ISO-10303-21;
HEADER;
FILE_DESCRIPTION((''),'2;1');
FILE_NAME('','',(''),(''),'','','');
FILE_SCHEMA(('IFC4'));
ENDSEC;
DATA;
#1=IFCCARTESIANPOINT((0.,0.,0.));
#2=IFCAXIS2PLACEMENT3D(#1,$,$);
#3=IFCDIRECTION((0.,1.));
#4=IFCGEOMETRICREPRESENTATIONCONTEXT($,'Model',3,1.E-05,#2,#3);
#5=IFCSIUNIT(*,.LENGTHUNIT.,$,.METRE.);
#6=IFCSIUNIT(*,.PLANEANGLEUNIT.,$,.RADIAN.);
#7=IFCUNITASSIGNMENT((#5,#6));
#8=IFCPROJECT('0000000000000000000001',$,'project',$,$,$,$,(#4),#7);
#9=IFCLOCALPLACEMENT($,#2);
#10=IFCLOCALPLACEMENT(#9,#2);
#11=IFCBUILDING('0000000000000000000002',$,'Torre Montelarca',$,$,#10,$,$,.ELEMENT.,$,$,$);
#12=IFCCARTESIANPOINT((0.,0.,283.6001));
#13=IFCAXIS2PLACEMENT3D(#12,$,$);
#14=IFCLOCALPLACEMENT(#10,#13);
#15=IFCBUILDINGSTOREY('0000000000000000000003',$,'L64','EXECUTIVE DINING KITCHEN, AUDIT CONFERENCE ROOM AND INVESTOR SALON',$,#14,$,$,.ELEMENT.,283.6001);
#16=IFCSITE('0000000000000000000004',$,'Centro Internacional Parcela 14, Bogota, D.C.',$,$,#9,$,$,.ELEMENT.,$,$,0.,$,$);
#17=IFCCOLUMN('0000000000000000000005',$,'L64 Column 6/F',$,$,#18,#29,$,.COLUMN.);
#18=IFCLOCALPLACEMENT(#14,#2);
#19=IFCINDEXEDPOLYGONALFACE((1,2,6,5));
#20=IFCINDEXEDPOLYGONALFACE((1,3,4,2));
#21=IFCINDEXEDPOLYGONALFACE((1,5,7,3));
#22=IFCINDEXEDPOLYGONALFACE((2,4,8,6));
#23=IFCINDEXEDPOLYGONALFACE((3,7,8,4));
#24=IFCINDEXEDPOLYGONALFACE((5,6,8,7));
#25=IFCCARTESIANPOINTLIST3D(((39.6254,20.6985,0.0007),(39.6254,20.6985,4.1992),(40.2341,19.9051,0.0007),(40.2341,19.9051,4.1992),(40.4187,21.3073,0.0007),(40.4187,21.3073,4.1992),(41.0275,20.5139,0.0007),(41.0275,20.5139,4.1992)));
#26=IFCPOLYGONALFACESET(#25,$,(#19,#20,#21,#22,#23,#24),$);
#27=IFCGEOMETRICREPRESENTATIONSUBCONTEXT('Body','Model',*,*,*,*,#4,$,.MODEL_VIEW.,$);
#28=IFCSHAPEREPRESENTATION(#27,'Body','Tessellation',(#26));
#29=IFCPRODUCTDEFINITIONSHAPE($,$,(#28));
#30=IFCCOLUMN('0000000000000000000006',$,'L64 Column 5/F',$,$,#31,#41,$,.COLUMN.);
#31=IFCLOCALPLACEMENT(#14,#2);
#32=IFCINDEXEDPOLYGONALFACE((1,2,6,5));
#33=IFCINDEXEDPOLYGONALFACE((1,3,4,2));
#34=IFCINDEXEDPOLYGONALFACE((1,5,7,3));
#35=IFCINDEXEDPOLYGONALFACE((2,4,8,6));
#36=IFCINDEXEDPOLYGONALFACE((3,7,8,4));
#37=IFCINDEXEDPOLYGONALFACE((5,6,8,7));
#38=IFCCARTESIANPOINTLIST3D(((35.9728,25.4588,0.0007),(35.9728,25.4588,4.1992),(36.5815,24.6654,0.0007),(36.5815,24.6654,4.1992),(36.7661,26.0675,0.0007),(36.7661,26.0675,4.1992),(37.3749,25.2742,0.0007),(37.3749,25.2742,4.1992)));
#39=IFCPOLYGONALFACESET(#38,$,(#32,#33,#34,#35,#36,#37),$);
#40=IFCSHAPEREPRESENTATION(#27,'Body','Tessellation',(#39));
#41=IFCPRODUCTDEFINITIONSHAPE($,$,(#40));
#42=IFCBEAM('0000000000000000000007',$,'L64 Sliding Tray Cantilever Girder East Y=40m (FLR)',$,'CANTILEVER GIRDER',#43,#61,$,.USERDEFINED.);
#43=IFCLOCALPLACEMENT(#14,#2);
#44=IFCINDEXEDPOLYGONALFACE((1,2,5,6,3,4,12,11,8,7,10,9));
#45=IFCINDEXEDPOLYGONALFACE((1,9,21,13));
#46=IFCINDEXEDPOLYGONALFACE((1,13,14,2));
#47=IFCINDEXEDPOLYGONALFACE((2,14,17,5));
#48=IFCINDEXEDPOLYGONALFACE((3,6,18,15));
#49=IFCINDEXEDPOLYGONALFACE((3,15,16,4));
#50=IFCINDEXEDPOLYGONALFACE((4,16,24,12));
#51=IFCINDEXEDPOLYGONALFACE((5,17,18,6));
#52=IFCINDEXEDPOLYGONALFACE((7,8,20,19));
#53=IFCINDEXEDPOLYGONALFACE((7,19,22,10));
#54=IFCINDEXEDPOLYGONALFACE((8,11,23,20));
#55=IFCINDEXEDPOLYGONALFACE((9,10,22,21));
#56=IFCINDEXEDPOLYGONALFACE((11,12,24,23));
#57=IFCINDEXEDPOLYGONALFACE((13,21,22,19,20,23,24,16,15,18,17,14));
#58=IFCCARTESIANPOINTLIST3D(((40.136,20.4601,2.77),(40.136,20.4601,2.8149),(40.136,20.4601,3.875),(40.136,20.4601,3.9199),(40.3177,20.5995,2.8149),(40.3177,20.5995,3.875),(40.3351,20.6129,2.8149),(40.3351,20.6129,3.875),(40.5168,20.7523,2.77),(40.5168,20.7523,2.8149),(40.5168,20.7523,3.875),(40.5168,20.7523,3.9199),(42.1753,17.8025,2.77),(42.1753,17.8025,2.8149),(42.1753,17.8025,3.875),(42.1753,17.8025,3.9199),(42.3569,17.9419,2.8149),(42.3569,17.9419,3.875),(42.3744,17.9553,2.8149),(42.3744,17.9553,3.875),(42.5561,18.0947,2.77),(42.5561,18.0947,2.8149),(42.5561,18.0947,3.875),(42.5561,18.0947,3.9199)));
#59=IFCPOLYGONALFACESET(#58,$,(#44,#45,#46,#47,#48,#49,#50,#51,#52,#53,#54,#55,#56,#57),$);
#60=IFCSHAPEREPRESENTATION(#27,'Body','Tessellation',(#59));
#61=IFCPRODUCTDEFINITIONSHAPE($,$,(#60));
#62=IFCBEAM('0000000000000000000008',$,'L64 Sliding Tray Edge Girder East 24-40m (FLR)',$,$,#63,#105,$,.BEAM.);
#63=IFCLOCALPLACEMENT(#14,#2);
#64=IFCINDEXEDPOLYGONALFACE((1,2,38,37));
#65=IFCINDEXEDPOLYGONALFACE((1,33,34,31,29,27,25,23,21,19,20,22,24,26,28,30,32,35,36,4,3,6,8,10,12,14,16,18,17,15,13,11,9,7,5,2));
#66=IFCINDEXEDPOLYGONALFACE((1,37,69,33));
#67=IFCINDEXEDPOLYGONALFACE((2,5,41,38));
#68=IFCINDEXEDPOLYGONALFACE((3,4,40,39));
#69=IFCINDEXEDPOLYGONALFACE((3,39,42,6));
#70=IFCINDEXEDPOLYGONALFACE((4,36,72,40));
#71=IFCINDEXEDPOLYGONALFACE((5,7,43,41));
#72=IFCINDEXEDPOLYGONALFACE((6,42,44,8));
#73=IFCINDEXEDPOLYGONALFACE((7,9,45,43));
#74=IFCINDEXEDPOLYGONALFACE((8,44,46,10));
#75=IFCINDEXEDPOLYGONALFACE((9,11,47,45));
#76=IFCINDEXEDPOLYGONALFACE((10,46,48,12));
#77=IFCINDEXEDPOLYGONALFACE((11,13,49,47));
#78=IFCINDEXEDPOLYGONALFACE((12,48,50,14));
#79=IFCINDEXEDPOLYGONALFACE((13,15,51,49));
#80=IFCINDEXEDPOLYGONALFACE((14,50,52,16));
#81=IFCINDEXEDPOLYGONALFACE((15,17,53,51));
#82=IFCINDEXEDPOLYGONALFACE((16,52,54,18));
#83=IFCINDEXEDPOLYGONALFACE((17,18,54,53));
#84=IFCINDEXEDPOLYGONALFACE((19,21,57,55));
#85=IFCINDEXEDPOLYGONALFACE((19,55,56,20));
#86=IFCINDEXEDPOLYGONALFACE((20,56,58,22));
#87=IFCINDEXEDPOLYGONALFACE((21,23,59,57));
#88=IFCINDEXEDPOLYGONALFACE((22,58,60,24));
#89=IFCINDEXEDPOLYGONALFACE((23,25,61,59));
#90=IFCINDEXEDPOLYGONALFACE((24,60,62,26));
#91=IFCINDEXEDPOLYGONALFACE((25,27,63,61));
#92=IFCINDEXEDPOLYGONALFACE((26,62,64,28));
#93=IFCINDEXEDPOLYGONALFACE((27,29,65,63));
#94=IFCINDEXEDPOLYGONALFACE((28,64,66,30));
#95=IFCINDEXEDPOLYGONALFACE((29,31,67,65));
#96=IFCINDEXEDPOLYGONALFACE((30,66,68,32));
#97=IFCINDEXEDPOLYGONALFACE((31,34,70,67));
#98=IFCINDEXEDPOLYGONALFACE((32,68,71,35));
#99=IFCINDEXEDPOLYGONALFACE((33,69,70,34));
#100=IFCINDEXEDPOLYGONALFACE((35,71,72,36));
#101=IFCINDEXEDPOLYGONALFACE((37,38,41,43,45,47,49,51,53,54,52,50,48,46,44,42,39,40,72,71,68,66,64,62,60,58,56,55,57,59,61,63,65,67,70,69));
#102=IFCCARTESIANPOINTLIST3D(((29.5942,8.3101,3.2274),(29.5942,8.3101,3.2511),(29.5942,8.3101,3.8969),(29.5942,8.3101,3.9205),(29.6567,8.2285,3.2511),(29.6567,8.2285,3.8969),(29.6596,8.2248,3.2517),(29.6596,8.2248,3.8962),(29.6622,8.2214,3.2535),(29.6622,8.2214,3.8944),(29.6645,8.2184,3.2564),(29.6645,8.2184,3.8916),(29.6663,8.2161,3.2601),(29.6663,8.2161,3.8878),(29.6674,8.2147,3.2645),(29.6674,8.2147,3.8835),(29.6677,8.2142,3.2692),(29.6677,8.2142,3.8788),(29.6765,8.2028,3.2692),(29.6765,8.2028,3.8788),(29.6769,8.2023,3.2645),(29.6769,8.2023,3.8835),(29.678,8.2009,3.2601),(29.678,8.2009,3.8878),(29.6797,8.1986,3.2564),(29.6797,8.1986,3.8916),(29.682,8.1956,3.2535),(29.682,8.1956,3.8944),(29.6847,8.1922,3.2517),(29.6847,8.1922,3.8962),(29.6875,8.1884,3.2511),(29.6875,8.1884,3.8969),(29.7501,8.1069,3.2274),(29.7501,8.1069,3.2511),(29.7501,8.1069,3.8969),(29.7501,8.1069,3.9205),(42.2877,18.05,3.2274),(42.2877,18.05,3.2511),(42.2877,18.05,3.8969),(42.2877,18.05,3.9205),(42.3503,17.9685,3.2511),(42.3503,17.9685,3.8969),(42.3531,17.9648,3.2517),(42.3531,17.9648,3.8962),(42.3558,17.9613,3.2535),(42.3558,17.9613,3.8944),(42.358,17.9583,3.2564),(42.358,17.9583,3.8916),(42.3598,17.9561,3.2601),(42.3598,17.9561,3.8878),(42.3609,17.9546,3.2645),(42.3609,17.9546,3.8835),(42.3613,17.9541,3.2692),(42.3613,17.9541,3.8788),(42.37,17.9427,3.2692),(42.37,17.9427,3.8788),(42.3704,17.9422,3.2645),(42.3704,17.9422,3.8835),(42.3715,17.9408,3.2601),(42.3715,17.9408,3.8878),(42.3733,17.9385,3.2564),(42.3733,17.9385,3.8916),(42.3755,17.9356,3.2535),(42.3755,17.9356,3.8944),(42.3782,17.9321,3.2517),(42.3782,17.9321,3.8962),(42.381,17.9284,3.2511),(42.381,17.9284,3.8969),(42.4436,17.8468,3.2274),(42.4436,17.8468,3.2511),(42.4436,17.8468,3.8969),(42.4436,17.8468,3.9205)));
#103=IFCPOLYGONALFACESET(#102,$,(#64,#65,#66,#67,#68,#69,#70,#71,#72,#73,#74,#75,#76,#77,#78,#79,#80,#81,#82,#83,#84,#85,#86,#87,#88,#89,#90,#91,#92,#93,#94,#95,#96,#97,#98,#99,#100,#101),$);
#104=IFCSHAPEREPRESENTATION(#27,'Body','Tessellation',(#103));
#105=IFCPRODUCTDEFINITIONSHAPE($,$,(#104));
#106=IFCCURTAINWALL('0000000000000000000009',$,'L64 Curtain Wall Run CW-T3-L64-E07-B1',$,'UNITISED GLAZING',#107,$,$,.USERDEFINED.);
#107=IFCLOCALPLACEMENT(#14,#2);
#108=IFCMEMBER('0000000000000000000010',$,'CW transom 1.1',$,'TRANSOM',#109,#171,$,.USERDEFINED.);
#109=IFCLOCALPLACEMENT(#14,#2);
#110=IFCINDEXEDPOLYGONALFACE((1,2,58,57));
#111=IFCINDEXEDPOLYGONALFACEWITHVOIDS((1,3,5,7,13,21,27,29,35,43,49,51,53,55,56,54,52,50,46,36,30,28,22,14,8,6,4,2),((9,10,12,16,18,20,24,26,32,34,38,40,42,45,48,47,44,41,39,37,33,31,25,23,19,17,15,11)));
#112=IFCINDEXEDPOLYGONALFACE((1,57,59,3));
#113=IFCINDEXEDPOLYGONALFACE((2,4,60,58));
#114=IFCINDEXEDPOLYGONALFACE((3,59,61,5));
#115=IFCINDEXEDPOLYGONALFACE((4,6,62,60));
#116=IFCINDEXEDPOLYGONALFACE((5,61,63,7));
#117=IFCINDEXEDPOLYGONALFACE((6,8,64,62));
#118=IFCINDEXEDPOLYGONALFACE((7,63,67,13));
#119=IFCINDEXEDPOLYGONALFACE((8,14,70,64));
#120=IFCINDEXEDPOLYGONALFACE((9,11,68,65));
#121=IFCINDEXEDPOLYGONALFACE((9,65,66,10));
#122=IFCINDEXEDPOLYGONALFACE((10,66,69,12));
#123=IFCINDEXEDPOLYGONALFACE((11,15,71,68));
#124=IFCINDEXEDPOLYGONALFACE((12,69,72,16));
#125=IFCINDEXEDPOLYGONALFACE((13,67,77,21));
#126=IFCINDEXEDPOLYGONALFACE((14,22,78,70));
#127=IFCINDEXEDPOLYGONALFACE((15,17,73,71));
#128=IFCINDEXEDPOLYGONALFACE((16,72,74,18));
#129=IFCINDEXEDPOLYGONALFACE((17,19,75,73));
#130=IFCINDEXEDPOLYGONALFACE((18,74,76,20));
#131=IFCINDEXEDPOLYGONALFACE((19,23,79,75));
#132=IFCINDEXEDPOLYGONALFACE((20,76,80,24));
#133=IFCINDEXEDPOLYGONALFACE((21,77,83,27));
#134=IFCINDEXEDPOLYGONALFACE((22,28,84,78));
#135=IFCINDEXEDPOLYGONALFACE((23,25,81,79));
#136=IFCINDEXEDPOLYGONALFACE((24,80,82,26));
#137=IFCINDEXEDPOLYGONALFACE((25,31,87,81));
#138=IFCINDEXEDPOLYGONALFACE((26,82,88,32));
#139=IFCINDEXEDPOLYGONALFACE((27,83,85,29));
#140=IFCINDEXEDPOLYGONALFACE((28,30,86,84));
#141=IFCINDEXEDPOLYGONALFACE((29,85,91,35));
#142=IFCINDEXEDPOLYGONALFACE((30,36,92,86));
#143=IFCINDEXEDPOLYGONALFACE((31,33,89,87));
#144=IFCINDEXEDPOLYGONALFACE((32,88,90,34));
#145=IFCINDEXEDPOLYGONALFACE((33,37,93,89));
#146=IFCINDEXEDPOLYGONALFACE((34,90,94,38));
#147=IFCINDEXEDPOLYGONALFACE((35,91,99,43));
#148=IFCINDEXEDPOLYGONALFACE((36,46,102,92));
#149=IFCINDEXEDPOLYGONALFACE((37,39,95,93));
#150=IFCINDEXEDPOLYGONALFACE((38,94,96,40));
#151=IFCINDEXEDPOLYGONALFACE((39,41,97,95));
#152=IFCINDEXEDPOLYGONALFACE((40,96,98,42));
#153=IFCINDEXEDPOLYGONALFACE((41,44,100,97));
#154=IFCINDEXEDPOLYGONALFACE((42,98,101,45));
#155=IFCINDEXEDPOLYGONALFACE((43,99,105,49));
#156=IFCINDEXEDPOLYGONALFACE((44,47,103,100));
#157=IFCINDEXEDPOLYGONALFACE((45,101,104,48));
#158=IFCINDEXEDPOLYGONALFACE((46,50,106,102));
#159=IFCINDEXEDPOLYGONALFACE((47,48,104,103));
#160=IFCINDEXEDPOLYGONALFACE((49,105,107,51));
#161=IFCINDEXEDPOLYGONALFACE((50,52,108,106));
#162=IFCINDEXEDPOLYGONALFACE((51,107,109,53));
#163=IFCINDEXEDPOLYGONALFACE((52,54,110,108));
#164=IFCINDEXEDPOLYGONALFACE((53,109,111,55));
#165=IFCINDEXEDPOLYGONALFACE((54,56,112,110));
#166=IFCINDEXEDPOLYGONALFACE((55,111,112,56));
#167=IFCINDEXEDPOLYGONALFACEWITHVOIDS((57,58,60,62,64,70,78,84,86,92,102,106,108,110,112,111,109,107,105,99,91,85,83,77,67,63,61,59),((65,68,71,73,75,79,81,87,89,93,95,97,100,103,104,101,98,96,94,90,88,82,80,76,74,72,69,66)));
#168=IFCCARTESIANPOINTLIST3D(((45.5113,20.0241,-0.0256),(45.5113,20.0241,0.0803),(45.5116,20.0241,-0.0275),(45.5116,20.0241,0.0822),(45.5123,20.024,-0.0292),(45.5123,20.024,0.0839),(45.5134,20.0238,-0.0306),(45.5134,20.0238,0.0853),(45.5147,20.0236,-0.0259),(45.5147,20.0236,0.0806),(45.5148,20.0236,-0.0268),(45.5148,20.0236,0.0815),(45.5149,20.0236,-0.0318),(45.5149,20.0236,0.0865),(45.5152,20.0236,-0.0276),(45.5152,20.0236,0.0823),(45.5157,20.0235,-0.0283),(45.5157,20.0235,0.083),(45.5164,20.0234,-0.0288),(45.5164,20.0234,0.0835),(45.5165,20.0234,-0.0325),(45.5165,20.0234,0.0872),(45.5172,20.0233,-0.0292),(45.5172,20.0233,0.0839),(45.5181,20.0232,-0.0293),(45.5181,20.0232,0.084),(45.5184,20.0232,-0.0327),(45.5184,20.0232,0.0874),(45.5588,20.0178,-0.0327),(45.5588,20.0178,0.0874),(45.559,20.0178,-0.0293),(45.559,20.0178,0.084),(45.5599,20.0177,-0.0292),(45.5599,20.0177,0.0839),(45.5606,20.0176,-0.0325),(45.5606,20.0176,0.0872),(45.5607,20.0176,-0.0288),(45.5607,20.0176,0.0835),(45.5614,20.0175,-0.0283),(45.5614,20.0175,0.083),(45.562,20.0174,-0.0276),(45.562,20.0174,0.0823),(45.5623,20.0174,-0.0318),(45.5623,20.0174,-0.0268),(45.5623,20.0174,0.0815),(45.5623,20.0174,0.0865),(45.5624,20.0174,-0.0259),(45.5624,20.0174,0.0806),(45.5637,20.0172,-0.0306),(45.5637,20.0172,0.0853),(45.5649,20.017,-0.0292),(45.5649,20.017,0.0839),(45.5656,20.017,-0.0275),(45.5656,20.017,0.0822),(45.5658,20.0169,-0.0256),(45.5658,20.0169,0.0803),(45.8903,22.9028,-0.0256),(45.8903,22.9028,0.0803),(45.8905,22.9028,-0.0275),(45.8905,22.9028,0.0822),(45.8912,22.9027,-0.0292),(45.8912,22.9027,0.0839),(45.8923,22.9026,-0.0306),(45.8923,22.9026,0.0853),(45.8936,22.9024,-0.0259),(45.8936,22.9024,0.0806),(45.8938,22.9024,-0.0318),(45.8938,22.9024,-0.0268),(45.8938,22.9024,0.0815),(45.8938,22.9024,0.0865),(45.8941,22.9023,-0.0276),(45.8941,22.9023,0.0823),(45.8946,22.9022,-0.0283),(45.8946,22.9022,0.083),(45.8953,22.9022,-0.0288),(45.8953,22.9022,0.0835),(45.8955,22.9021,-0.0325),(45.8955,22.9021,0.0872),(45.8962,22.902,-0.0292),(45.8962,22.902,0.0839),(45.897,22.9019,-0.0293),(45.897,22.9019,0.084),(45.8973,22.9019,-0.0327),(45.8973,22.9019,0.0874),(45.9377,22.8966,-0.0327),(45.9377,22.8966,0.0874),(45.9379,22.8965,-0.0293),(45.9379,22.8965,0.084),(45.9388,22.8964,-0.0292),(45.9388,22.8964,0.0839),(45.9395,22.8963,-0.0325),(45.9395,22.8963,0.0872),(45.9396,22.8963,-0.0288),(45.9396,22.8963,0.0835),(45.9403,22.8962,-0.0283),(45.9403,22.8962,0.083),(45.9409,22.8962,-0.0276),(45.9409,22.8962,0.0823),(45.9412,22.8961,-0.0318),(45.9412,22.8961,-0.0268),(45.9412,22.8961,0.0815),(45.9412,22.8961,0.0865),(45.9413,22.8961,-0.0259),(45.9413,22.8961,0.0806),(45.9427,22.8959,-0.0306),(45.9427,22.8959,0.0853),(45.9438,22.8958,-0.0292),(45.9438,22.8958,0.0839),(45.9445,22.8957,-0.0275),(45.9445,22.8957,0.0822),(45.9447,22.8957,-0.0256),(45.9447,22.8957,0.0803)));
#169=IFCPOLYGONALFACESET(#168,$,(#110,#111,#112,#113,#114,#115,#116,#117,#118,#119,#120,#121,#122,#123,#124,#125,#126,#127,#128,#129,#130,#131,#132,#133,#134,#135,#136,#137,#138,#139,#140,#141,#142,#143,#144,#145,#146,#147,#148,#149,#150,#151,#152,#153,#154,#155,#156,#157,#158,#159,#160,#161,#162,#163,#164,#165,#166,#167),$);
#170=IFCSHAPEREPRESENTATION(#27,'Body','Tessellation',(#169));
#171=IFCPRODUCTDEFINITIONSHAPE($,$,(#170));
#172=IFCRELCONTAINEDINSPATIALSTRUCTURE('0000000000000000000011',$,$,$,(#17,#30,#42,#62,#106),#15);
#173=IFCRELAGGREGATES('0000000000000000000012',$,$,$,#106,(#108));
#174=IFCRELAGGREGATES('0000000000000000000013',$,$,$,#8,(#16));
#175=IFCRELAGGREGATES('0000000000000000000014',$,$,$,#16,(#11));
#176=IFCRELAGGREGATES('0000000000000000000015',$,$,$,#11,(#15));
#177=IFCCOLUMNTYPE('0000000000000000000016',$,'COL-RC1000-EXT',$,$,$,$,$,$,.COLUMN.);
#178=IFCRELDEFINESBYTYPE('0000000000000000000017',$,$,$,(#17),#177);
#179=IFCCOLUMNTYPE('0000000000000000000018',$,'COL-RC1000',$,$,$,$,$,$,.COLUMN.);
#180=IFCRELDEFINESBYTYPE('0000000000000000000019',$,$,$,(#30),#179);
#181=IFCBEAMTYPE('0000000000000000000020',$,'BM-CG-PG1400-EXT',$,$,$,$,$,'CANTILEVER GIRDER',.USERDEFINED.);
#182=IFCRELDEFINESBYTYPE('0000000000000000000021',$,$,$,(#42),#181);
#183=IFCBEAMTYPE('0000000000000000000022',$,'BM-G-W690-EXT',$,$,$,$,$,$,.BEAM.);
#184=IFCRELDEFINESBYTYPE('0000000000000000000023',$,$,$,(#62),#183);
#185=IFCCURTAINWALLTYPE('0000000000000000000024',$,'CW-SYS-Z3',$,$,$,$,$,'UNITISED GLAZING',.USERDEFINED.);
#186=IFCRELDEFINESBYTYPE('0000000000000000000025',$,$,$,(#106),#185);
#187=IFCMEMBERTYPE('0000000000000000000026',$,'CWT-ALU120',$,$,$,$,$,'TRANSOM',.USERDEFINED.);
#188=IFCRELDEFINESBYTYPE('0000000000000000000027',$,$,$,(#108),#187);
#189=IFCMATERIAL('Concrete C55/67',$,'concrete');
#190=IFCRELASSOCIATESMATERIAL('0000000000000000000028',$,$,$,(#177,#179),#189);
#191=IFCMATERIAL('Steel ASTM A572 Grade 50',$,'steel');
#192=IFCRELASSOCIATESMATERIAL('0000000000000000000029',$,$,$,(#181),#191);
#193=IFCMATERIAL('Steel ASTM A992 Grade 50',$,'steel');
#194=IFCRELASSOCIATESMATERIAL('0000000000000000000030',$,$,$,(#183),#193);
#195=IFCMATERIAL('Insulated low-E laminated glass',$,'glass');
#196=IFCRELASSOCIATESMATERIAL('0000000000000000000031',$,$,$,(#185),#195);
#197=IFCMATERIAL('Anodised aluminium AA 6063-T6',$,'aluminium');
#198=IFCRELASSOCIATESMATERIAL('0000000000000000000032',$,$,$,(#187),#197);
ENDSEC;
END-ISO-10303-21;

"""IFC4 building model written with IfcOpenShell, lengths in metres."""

from ifc_helpers import new_model, si_unit, direction, frame, origin, origin_2d, place, context, subcontext, project, spatial, rectangle, hollow_rectangle, i_section, extrude, source, transform, mapped, material, material_profile, profile_set, type_object, element, aggregate, save


model = new_model("IFC4")

# Units and contexts
model_context = context("Model", 3, precision=1e-05, world=origin(), true_north=direction((0.0, 1.0)))
body_context = subcontext(model_context, "Body", "Model", "MODEL_VIEW")
ifc_project = project(units=[si_unit("LENGTHUNIT", "METRE"), si_unit("PLANEANGLEUNIT", "RADIAN")], contexts=[model_context])

# Site, building, storey
site_placement = place(None, origin())
site = spatial("IfcSite", under=ifc_project, at=site_placement, Name="Centro Internacional Parcela 14, Bogota, D.C.", CompositionType="ELEMENT", RefElevation=0.0)
building_placement = place(site_placement, origin())
building = spatial("IfcBuilding", under=site, at=building_placement, Name="Torre Montelarca", CompositionType="ELEMENT")
storey_placement = place(building_placement, frame((0.0, 0.0, 283.6001)))
storey = spatial("IfcBuildingStorey", under=building, at=storey_placement, Name="L64", Description="EXECUTIVE DINING KITCHEN, AUDIT CONFERENCE ROOM AND INVESTOR SALON", CompositionType="ELEMENT", Elevation=283.6001)

# Columns
ifc_material_1 = material(Name="Concrete C55/67", Category="concrete")
ifc_material_profile_1 = material_profile(ifc_material_1, rectangle(XDim=1.0, YDim=1.0, at=origin_2d()), Name="RC1000X1000", Category="concrete")
ifc_profile_set_1 = profile_set([ifc_material_profile_1], Name="Concrete C55/67")
column_type_1 = type_object("IfcColumnType", Name="COL-RC1000-EXT", PredefinedType="COLUMN", material=ifc_profile_set_1)
shared_shape_1 = source(origin(), body_context, "Body", "SweptSolid", [
    extrude(rectangle(XDim=1.0, YDim=1.0, at=origin_2d()), origin(), (0.0, 0.0, 1.0), 4.1985),
])
column_1_placement = place(storey_placement, frame((40.3264, 20.6062, 0.0007), z_axis=(0.0, 0.0, 1.0), x_axis=(-0.608761, 0.793353, 0.0)))
element("IfcColumn", 1, at=column_1_placement, inside=storey, type_object=column_type_1, Name="L64 Column 6/F", PredefinedType="COLUMN", context=body_context, shape_type="MappedRepresentation", body=[
    mapped(shared_shape_1, transform((0.0, 0.0, 0.0), scale=1.0)),
])
ifc_material_profile_2 = material_profile(ifc_material_1, rectangle(XDim=1.0, YDim=1.0, at=origin_2d()), Name="RC1000X1000", Category="concrete")
ifc_profile_set_2 = profile_set([ifc_material_profile_2], Name="Concrete C55/67")
column_type_2 = type_object("IfcColumnType", Name="COL-RC1000", PredefinedType="COLUMN", material=ifc_profile_set_2)
shared_shape_2 = source(origin(), body_context, "Body", "SweptSolid", [
    extrude(rectangle(XDim=1.0, YDim=1.0, at=origin_2d()), origin(), (0.0, 0.0, 1.0), 4.1985),
])
column_2_placement = place(storey_placement, frame((36.6738, 25.3665, 0.0007), z_axis=(0.0, 0.0, 1.0), x_axis=(-0.608761, 0.793353, 0.0)))
element("IfcColumn", 2, at=column_2_placement, inside=storey, type_object=column_type_2, Name="L64 Column 5/F", PredefinedType="COLUMN", context=body_context, shape_type="MappedRepresentation", body=[
    mapped(shared_shape_2, transform((0.0, 0.0, 0.0), scale=1.0)),
])

# Beams
ifc_material_2 = material(Name="Steel ASTM A572 Grade 50", Category="steel")
ifc_material_profile_3 = material_profile(ifc_material_2, i_section(OverallWidth=0.48, OverallDepth=1.1499, WebThickness=0.022, FlangeThickness=0.0449, at=origin_2d()), Name="PG1150X480X22X45", Category="steel")
ifc_profile_set_3 = profile_set([ifc_material_profile_3], Name="Steel ASTM A572 Grade 50")
beam_type_1 = type_object("IfcBeamType", Name="BM-CG-PG1400-EXT", ElementType="CANTILEVER GIRDER", PredefinedType="USERDEFINED", material=ifc_profile_set_3)
shared_shape_3 = source(origin(), body_context, "Body", "SweptSolid", [
    extrude(i_section(OverallWidth=0.48, OverallDepth=1.1499, WebThickness=0.022, FlangeThickness=0.0449, at=origin_2d()), origin(), (0.0, 0.0, 1.0), 3.3499),
])
beam_1_placement = place(storey_placement, frame((40.3264, 20.6062, 3.345), z_axis=(0.608756, -0.793358, 0.0), x_axis=(0.793358, 0.608756, 0.0)))
element("IfcBeam", 3, at=beam_1_placement, inside=storey, type_object=beam_type_1, Name="L64 Sliding Tray Cantilever Girder East Y=40m (FLR)", ObjectType="CANTILEVER GIRDER", PredefinedType="USERDEFINED", context=body_context, shape_type="MappedRepresentation", body=[
    mapped(shared_shape_3, transform((0.0, 0.0, 0.0), scale=1.0)),
])
ifc_material_3 = material(Name="Steel ASTM A992 Grade 50", Category="steel")
ifc_material_profile_4 = material_profile(ifc_material_3, i_section(OverallWidth=0.2561, OverallDepth=0.6931, WebThickness=0.0144, FlangeThickness=0.0237, FilletRadius=0.0181, at=origin_2d()), Name="W690X170", Category="steel")
ifc_profile_set_4 = profile_set([ifc_material_profile_4], Name="Steel ASTM A992 Grade 50")
beam_type_2 = type_object("IfcBeamType", Name="BM-G-W690-EXT", PredefinedType="BEAM", material=ifc_profile_set_4)
shared_shape_4 = source(origin(), body_context, "Body", "SweptSolid", [
    extrude(i_section(OverallWidth=0.2561, OverallDepth=0.6931, WebThickness=0.0144, FlangeThickness=0.0237, FilletRadius=0.0181, at=origin_2d()), origin(), (0.0, 0.0, 1.0), 15.9998),
])
beam_2_placement = place(storey_placement, frame((29.6721, 8.2085, 3.574), z_axis=(0.793358, 0.608755, 0.0), x_axis=(-0.608755, 0.793358, 0.0)))
element("IfcBeam", 4, at=beam_2_placement, inside=storey, type_object=beam_type_2, Name="L64 Sliding Tray Edge Girder East 24-40m (FLR)", PredefinedType="BEAM", context=body_context, shape_type="MappedRepresentation", body=[
    mapped(shared_shape_4, transform((0.0, 0.0, 0.0), scale=1.0)),
])

# Curtain wall, member
ifc_material_4 = material(Name="Insulated low-E laminated glass", Category="glass")
curtain_wall_type = type_object("IfcCurtainWallType", Name="CW-SYS-Z3", ElementType="UNITISED GLAZING", PredefinedType="USERDEFINED", material=ifc_material_4)
curtain_wall_1_placement = place(storey_placement, origin())
curtain_wall_1 = element("IfcCurtainWall", 5, at=curtain_wall_1_placement, inside=storey, type_object=curtain_wall_type, Name="L64 Curtain Wall Run CW-T3-L64-E07-B1", ObjectType="UNITISED GLAZING", PredefinedType="USERDEFINED")
ifc_material_5 = material(Name="Anodised aluminium AA 6063-T6", Category="aluminium")
ifc_material_profile_5 = material_profile(ifc_material_5, hollow_rectangle(XDim=0.0549, YDim=0.1201, WallThickness=0.0034, InnerFilletRadius=0.0034, OuterFilletRadius=0.0071, at=origin_2d()), Name="ALU55X120X3.5", Category="aluminium")
ifc_profile_set_5 = profile_set([ifc_material_profile_5], Name="Anodised aluminium AA 6063-T6")
member_type_1 = type_object("IfcMemberType", Name="CWT-ALU120", ElementType="TRANSOM", PredefinedType="USERDEFINED", material=ifc_profile_set_5)
shared_shape_5 = source(origin(), body_context, "Body", "SweptSolid", [
    extrude(hollow_rectangle(XDim=0.0549, YDim=0.1201, WallThickness=0.0034, InnerFilletRadius=0.0034, OuterFilletRadius=0.0071, at=origin_2d()), origin(), (0.0, 0.0, 1.0), 2.9036),
])
member_1_placement = place(storey_placement, frame((45.5386, 20.0205, 0.0273), z_axis=(0.1305, 0.991448, 0.0), x_axis=(-0.991448, 0.1305, 0.0)))
member_1 = element("IfcMember", 6, at=member_1_placement, type_object=member_type_1, Name="CW transom 1.1", ObjectType="TRANSOM", PredefinedType="USERDEFINED", context=body_context, shape_type="MappedRepresentation", body=[
    mapped(shared_shape_5, transform((0.0, 0.0, 0.0), scale=1.0)),
])

aggregate(curtain_wall_1, [member_1])

save(model, "model.ifc")
